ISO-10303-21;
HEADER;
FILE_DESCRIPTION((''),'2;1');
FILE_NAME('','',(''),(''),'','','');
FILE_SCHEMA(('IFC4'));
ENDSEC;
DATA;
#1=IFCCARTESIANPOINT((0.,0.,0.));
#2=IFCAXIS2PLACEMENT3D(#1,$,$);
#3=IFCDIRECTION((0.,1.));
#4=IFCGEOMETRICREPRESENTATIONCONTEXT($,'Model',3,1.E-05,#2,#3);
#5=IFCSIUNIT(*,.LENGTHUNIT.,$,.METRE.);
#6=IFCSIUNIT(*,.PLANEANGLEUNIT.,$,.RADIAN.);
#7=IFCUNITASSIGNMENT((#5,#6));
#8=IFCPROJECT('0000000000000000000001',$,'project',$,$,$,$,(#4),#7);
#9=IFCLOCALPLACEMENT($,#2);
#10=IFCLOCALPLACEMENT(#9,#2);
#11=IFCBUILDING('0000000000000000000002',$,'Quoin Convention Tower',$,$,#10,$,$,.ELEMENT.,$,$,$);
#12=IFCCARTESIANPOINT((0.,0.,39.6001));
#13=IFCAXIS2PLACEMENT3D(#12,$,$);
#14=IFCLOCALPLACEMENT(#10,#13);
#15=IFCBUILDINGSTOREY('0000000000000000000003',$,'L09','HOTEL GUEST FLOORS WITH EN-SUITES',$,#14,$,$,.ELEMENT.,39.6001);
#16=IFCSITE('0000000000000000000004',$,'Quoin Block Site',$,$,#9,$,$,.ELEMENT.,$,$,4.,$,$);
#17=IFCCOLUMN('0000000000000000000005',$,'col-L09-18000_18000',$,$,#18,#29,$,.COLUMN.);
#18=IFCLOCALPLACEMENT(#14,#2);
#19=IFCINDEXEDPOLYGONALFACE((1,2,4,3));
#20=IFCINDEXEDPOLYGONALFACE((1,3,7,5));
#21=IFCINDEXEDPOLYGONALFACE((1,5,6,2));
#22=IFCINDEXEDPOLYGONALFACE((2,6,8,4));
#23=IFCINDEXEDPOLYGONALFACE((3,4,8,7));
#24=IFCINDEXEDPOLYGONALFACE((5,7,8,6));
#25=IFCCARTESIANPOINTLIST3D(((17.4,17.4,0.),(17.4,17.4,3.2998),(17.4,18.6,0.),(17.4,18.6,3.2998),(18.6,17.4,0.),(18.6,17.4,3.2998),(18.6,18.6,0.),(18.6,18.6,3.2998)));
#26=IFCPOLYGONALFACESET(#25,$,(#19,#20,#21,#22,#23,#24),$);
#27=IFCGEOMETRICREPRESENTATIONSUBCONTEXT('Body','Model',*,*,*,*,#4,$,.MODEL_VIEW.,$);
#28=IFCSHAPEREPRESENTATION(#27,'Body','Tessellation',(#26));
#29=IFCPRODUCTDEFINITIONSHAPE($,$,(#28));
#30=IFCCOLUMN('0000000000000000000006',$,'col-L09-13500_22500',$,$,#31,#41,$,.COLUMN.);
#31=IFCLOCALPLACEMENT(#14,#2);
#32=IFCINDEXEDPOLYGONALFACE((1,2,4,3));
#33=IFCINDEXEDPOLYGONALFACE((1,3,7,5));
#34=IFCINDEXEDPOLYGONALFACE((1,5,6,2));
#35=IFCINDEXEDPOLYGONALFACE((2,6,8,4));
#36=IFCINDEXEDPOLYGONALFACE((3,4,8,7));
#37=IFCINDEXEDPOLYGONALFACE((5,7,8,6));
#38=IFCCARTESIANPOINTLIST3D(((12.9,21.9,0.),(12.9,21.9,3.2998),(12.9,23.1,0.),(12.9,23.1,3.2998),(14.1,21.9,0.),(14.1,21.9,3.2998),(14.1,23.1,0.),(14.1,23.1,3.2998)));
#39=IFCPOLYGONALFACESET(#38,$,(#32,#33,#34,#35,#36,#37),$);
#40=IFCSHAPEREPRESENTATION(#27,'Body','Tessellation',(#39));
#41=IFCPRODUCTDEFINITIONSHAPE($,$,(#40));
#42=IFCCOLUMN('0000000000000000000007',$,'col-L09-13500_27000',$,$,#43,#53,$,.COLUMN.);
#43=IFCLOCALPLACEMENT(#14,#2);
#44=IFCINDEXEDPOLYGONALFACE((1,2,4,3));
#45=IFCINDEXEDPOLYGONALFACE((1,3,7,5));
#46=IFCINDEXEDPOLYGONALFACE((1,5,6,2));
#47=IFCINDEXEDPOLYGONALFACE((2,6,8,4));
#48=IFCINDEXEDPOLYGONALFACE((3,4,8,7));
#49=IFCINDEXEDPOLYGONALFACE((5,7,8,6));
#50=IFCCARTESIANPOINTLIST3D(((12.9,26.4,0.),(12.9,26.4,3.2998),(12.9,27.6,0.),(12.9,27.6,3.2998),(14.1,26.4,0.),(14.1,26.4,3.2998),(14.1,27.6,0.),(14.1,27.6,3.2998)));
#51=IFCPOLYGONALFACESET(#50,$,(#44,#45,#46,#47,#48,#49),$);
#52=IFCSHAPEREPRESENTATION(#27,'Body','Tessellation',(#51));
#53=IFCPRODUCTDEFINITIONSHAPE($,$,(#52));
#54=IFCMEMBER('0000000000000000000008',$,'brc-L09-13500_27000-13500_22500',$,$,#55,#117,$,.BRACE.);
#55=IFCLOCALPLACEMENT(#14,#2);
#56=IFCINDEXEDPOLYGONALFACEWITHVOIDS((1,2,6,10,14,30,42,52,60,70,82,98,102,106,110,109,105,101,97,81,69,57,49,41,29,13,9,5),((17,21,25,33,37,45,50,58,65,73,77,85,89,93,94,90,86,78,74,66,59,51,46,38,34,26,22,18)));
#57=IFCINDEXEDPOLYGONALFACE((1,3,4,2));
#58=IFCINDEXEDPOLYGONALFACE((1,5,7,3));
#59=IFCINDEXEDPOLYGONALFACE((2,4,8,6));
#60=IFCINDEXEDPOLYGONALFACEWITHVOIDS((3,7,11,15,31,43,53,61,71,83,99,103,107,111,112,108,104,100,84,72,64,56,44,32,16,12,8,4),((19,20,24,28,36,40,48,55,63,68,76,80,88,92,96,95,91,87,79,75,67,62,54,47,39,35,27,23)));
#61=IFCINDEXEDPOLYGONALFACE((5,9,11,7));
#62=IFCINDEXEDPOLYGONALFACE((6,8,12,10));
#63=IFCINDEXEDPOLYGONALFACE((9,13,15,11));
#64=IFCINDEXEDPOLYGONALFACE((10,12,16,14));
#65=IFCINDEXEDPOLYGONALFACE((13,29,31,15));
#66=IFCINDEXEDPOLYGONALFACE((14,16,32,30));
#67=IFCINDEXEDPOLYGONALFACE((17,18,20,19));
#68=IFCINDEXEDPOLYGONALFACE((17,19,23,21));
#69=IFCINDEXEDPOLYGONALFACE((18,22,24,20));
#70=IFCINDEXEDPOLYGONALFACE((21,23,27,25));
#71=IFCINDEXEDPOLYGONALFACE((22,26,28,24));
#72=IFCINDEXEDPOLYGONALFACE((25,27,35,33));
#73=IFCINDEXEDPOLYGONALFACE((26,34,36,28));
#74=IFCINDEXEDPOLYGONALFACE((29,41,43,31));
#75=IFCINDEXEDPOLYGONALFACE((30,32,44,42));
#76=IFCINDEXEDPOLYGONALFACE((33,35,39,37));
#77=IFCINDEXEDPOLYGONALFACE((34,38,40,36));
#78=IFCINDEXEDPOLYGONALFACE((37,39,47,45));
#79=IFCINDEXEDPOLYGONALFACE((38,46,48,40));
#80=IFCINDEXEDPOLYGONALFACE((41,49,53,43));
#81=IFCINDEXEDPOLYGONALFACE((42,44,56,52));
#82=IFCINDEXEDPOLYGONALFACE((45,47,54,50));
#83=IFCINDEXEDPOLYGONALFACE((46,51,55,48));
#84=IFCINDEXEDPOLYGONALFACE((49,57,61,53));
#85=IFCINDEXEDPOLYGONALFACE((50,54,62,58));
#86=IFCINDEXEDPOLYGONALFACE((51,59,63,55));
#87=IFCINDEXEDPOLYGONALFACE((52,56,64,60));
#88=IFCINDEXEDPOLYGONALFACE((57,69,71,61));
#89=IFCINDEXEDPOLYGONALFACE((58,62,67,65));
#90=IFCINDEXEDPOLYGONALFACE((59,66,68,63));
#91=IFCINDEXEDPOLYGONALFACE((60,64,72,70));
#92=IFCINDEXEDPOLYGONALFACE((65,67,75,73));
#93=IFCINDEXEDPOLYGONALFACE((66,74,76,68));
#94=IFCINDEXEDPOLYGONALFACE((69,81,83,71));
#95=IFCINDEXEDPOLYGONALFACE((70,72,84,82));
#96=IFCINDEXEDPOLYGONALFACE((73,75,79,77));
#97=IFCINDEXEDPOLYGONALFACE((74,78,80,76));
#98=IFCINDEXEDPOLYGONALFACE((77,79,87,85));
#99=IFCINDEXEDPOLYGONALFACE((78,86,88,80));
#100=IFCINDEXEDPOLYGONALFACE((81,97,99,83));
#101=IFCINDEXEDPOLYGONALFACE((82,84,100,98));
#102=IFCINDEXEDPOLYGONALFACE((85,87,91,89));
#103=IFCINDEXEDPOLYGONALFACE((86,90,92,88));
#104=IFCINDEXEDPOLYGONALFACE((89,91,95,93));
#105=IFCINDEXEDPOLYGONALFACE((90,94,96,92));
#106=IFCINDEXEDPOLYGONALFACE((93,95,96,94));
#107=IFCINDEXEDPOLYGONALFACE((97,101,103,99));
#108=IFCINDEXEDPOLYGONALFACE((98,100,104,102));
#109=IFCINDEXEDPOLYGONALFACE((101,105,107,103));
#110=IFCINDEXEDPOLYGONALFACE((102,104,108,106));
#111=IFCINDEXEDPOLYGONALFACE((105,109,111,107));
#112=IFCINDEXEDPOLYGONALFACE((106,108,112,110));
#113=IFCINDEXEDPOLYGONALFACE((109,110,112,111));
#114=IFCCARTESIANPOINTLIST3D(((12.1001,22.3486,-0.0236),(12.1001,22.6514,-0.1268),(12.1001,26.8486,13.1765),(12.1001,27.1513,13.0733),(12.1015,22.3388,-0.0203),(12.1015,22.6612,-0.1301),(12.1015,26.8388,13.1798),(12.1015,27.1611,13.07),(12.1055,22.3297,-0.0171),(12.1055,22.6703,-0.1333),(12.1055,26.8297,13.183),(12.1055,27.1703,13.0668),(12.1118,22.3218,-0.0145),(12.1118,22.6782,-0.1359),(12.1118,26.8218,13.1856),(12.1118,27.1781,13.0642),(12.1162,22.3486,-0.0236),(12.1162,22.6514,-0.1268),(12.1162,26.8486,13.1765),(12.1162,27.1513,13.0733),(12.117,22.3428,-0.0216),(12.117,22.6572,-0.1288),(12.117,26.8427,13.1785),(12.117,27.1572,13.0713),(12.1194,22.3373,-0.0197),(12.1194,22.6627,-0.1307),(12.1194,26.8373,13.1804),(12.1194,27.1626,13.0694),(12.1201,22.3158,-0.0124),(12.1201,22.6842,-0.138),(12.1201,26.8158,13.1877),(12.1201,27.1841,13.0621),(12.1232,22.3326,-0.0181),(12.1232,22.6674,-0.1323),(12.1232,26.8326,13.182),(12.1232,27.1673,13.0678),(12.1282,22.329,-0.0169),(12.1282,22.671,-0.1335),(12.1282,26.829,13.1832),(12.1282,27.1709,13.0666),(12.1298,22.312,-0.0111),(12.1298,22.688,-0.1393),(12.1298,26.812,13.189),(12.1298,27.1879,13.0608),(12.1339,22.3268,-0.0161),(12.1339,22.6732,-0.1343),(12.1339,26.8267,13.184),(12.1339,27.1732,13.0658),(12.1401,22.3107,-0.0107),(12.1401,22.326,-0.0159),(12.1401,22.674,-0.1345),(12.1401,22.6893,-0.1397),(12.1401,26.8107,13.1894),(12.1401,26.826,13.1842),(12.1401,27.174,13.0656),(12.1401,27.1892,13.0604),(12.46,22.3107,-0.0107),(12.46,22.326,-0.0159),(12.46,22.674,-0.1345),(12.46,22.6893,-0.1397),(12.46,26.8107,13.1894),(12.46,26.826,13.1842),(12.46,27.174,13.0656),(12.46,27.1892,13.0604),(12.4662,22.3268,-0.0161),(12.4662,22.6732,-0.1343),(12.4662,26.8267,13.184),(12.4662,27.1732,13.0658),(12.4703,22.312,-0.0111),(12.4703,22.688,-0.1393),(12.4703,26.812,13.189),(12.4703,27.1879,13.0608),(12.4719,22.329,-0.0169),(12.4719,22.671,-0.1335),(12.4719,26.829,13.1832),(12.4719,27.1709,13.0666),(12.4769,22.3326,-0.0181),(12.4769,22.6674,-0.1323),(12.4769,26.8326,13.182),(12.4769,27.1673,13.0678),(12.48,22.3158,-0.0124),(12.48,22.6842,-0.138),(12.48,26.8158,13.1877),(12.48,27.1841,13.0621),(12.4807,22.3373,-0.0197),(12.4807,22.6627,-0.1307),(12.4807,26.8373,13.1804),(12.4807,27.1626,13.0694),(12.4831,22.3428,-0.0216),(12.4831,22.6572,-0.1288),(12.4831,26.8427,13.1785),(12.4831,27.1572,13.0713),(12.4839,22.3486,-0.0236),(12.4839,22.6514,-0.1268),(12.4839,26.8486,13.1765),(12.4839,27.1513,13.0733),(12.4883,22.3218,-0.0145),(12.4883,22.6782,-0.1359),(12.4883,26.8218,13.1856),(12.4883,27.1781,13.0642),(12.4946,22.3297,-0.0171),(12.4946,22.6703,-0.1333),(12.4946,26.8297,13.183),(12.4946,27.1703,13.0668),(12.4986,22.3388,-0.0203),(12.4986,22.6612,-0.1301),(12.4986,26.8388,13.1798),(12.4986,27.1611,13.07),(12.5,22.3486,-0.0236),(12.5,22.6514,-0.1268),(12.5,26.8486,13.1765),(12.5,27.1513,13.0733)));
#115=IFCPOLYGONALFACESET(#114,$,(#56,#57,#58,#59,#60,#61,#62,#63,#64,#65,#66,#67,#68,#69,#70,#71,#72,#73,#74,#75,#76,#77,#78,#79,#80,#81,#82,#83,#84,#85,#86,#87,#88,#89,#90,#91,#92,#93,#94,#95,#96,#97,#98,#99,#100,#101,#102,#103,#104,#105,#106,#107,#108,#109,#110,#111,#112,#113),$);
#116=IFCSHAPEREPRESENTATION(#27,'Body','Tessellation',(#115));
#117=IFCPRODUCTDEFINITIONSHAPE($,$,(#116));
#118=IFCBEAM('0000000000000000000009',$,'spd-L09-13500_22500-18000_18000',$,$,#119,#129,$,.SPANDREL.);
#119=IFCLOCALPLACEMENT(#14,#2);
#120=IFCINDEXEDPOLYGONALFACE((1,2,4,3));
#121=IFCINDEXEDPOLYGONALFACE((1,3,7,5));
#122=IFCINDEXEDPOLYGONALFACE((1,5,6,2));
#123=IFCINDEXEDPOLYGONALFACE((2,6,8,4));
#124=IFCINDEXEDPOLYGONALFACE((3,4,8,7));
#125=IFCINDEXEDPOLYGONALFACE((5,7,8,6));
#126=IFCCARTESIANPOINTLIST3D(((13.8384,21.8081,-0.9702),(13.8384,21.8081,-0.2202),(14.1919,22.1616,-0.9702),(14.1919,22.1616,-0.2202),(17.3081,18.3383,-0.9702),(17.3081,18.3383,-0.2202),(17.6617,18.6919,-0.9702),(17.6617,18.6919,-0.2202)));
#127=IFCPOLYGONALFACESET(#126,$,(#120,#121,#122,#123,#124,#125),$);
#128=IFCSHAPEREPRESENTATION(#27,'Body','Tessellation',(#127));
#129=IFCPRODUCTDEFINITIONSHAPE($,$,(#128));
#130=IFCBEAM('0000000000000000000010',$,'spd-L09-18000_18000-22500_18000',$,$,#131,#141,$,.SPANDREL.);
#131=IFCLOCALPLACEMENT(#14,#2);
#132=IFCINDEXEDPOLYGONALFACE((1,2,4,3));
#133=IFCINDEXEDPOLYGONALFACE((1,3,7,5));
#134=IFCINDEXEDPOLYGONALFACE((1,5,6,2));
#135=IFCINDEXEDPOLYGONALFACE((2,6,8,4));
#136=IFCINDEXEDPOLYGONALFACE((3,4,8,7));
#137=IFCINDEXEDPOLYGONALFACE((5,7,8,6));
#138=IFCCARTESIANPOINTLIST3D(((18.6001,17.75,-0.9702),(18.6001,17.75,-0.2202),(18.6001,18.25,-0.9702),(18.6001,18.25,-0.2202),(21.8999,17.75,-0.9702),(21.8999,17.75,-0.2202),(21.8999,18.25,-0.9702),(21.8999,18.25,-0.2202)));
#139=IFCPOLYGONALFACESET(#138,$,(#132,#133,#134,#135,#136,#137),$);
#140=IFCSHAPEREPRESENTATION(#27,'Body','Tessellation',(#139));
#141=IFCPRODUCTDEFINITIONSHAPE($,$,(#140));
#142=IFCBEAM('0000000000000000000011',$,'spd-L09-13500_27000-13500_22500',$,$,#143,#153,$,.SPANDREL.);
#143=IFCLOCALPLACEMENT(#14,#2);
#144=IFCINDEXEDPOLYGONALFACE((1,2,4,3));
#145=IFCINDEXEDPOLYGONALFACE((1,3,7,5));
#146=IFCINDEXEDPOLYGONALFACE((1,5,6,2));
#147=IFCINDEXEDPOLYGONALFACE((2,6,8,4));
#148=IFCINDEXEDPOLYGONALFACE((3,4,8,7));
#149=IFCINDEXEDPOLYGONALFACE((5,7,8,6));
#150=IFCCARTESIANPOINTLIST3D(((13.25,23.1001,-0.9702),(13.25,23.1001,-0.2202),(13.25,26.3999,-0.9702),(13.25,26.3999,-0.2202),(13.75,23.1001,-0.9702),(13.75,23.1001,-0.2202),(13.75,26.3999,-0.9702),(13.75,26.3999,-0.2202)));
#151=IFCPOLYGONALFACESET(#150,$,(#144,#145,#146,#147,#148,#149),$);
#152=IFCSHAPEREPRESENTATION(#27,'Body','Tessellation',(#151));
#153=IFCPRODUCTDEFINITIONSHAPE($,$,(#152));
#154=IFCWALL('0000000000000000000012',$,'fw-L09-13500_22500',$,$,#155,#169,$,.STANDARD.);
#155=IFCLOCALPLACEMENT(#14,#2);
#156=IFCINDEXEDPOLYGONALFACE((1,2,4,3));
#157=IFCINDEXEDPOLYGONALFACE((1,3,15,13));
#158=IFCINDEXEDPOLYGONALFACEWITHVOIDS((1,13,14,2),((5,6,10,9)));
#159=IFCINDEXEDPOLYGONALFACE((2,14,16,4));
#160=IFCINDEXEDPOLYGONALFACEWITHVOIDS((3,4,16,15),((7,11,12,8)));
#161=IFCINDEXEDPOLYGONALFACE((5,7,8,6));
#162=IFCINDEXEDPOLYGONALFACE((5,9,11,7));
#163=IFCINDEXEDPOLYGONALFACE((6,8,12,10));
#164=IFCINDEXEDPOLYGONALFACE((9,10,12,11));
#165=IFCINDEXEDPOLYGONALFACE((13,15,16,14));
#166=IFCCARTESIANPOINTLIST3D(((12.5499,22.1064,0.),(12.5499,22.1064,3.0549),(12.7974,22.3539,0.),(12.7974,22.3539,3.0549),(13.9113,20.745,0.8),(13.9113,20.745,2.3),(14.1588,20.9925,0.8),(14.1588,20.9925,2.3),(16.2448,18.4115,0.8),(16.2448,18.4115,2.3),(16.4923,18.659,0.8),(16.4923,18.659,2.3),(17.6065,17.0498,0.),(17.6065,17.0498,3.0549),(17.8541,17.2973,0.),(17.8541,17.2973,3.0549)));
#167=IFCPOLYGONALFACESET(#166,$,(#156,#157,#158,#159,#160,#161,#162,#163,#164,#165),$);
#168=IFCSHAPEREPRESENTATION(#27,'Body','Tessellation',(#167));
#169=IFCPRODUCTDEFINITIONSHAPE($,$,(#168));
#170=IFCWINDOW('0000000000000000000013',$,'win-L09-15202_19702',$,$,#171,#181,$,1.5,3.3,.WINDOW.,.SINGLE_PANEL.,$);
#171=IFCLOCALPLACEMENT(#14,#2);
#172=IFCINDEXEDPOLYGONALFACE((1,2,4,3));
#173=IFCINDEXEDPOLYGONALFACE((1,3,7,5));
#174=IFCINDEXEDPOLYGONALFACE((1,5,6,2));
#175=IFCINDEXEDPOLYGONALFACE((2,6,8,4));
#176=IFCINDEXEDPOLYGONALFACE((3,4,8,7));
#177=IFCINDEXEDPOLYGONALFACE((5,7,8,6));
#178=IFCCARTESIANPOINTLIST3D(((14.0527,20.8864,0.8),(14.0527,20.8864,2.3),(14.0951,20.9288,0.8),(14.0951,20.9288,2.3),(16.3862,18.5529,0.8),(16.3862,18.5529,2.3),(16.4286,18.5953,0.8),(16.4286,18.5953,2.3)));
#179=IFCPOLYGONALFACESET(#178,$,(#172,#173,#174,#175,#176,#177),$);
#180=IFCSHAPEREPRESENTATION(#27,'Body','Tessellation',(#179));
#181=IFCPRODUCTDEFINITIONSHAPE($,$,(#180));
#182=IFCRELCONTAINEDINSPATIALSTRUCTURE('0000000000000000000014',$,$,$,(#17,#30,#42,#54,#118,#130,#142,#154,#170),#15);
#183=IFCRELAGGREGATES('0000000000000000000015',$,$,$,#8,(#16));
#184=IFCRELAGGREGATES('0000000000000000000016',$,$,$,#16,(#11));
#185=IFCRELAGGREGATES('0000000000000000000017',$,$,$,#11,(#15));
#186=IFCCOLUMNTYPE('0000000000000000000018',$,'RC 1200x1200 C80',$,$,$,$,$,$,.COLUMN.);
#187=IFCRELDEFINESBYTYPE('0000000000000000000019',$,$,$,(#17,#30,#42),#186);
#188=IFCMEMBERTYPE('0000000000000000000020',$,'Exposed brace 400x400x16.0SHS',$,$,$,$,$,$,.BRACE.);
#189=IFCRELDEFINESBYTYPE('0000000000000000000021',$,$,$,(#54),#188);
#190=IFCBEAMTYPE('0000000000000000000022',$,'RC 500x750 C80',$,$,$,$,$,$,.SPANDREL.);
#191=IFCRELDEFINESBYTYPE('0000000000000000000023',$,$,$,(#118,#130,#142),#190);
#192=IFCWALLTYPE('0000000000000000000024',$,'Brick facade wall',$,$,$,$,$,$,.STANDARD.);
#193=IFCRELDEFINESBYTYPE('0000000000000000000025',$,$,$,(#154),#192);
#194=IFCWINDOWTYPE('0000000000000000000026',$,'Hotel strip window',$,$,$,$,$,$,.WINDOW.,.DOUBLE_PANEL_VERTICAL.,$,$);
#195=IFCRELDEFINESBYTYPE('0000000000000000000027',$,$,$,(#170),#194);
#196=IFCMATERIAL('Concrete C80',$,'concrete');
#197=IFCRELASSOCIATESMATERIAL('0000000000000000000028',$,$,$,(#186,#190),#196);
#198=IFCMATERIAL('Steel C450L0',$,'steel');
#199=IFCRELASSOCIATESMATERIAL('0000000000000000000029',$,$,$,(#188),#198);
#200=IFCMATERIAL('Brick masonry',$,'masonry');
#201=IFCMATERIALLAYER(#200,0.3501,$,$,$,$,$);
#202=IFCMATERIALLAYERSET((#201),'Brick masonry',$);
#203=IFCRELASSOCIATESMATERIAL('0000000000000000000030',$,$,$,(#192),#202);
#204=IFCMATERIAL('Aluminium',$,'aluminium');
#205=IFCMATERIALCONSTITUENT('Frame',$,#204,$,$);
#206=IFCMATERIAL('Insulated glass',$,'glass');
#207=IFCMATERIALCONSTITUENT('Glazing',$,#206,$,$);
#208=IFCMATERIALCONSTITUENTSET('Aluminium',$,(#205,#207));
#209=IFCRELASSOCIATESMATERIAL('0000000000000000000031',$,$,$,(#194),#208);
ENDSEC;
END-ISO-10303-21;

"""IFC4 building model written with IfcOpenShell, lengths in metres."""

from ifc_helpers import new_model, si_unit, direction, frame, frame_2d, origin, origin_2d, place, context, subcontext, project, spatial, rectangle, hollow_rectangle, extrude, material, layer, layer_set, constituent, constituent_set, material_profile, profile_set, type_object, element, fill, save


model = new_model("IFC4")

# Units and contexts
model_context = context("Model", 3, precision=1e-05, world=origin(), true_north=direction((0.0, 1.0)))
body_context = subcontext(model_context, "Body", "Model", "MODEL_VIEW")
ifc_project = project(units=[si_unit("LENGTHUNIT", "METRE"), si_unit("PLANEANGLEUNIT", "RADIAN")], contexts=[model_context])

# Site, building, storey
site_placement = place(None, origin())
site = spatial("IfcSite", under=ifc_project, at=site_placement, Name="Quoin Block Site", CompositionType="ELEMENT", RefElevation=4.0)
building_placement = place(site_placement, origin())
building = spatial("IfcBuilding", under=site, at=building_placement, Name="Quoin Convention Tower", CompositionType="ELEMENT")
storey_placement = place(building_placement, frame((0.0, 0.0, 39.6001)))
storey = spatial("IfcBuildingStorey", under=building, at=storey_placement, Name="L09", Description="HOTEL GUEST FLOORS WITH EN-SUITES", CompositionType="ELEMENT", Elevation=39.6001)

# Columns
ifc_material_1 = material(Name="Concrete C80", Category="concrete")
ifc_material_profile_1 = material_profile(ifc_material_1, rectangle(XDim=1.2, YDim=1.2, at=origin_2d()), Name="RC 1200x1200")
ifc_profile_set_1 = profile_set([ifc_material_profile_1], Name="Concrete C80")
column_type = type_object("IfcColumnType", Name="RC 1200x1200 C80", PredefinedType="COLUMN", material=ifc_profile_set_1)
for number, where, z_axis, x_axis, name in (
    (1, (18.0, 18.0, 0.0), (0.0, 0.0, 1.0), (1.0, 0.0, 0.0), "col-L09-18000_18000"),
    (2, (13.5, 22.5, 0.0), (0.0, 0.0, 1.0), (1.0, 0.0, 0.0), "col-L09-13500_22500"),
    (3, (13.5, 27.0, 0.0), (0.0, 0.0, 1.0), (1.0, 0.0, 0.0), "col-L09-13500_27000"),
):
    element("IfcColumn", number, at=place(storey_placement, frame(where, z_axis=z_axis, x_axis=x_axis)), inside=storey, type_object=column_type, Name=name, PredefinedType="COLUMN", context=body_context, shape_type="SweptSolid", body=[
        extrude(rectangle(XDim=1.2, YDim=1.2, at=origin_2d()), origin(), (0.0, 0.0, 1.0), 3.2998),
    ])

# Member
ifc_material_2 = material(Name="Steel C450L0", Category="steel")
ifc_material_profile_2 = material_profile(ifc_material_2, hollow_rectangle(XDim=0.3999, YDim=0.3999, WallThickness=0.0161, InnerFilletRadius=0.0239, OuterFilletRadius=0.04, at=origin_2d()), Name="400x400x16.0SHS")
ifc_profile_set_2 = profile_set([ifc_material_profile_2], Name="Steel C450L0")
member_type = type_object("IfcMemberType", Name="Exposed brace 400x400x16.0SHS", PredefinedType="BRACE", material=ifc_profile_set_2)
member_placement = place(storey_placement, frame((12.3, 22.5, -0.0752), z_axis=(0.0, 0.32267, 0.946512), x_axis=(-1.0, 0.0, 0.0)))
element("IfcMember", 4, at=member_placement, inside=storey, type_object=member_type, Name="brc-L09-13500_27000-13500_22500", PredefinedType="BRACE", context=body_context, shape_type="SweptSolid", body=[
    extrude(hollow_rectangle(XDim=0.3999, YDim=0.3999, WallThickness=0.0161, InnerFilletRadius=0.0239, OuterFilletRadius=0.04, at=origin_2d()), origin(), (0.0, 0.0, 1.0), 13.946),
])

# Beams
ifc_material_profile_3 = material_profile(ifc_material_1, rectangle(XDim=0.5, YDim=0.75, at=origin_2d()), Name="RC 500x750")
ifc_profile_set_3 = profile_set([ifc_material_profile_3], Name="Concrete C80")
beam_type = type_object("IfcBeamType", Name="RC 500x750 C80", PredefinedType="SPANDREL", material=ifc_profile_set_3)
beam_placement = place(storey_placement, frame((14.0151, 21.9849, -0.5952), z_axis=(0.707107, -0.707107, 0.0), x_axis=(0.707107, 0.707107, 0.0)))
element("IfcBeam", 5, at=beam_placement, inside=storey, type_object=beam_type, Name="spd-L09-13500_22500-18000_18000", PredefinedType="SPANDREL", context=body_context, shape_type="SweptSolid", body=[
    extrude(rectangle(XDim=0.5, YDim=0.75, at=origin_2d()), origin(), (0.0, 0.0, 1.0), 4.907),
])
for number, where, z_axis, x_axis, name in (
    (6, (18.6001, 18.0, -0.5952), (1.0, 0.0, 0.0), (0.0, 1.0, 0.0), "spd-L09-18000_18000-22500_18000"),
    (7, (13.5, 26.3999, -0.5952), (0.0, -1.0, 0.0), (1.0, 0.0, 0.0), "spd-L09-13500_27000-13500_22500"),
):
    element("IfcBeam", number, at=place(storey_placement, frame(where, z_axis=z_axis, x_axis=x_axis)), inside=storey, type_object=beam_type, Name=name, PredefinedType="SPANDREL", context=body_context, shape_type="SweptSolid", body=[
        extrude(rectangle(XDim=0.5, YDim=0.75, at=origin_2d()), origin(), (0.0, 0.0, 1.0), 3.2998),
    ])

# Wall, opening, window
ifc_material_3 = material(Name="Brick masonry", Category="masonry")
ifc_layer_1 = layer(ifc_material_3, 0.3501)
ifc_layer_set_1 = layer_set([ifc_layer_1], Name="Brick masonry")
wall_type_1 = type_object("IfcWallType", Name="Brick facade wall", PredefinedType="STANDARD", material=ifc_layer_set_1)
wall_1_placement = place(storey_placement, frame((12.6736, 22.2302, 0.0), z_axis=(0.0, 0.0, 1.0), x_axis=(0.707107, -0.707107, 0.0)))
wall_1 = element("IfcWall", 8, at=wall_1_placement, inside=storey, type_object=wall_type_1, Name="fw-L09-13500_22500", PredefinedType="STANDARD", context=body_context, shape_type="SweptSolid", body=[
    extrude(rectangle(XDim=7.1511, YDim=0.3501, at=frame_2d((3.5757, 0.0))), origin(), (0.0, 0.0, 1.0), 3.0549),
])
opening_1_placement = place(wall_1_placement, frame((1.9255, 0.0, 0.8)))
opening_1 = element("IfcOpeningElement", 9, at=opening_1_placement, cuts=wall_1, PredefinedType="OPENING", context=body_context, shape_type="SweptSolid", body=[
    extrude(rectangle(XDim=3.3, YDim=1.5, at=frame_2d((1.6499, 0.75))), frame((0.0, 0.1851, 0.0), z_axis=(0.0, -1.0, 0.0), x_axis=(1.0, 0.0, 0.0)), (0.0, 0.0, 1.0), 0.3701),
])
ifc_material_4 = material(Name="Aluminium", Category="aluminium")
ifc_constituent_1 = constituent(ifc_material_4, Name="Frame")
ifc_material_5 = material(Name="Insulated glass", Category="glass")
ifc_constituent_2 = constituent(ifc_material_5, Name="Glazing")
ifc_constituent_set = constituent_set(constituents=[ifc_constituent_1, ifc_constituent_2], Name="Aluminium")
window_type = type_object("IfcWindowType", Name="Hotel strip window", PartitioningType="DOUBLE_PANEL_VERTICAL", PredefinedType="WINDOW", material=ifc_constituent_set)
window_placement = place(opening_1_placement, origin())
window = element("IfcWindow", 10, at=window_placement, inside=storey, type_object=window_type, Name="win-L09-15202_19702", OverallHeight=1.5, OverallWidth=3.3, PartitioningType="SINGLE_PANEL", PredefinedType="WINDOW", context=body_context, shape_type="SweptSolid", body=[
    extrude(rectangle(XDim=3.3, YDim=1.5, at=frame_2d((1.6499, 0.75))), frame((0.0, 0.085, 0.0), z_axis=(0.0, -1.0, 0.0), x_axis=(1.0, 0.0, 0.0)), (0.0, 0.0, 1.0), 0.0601),
])
fill(opening_1, window)

save(model, "model.ifc")
